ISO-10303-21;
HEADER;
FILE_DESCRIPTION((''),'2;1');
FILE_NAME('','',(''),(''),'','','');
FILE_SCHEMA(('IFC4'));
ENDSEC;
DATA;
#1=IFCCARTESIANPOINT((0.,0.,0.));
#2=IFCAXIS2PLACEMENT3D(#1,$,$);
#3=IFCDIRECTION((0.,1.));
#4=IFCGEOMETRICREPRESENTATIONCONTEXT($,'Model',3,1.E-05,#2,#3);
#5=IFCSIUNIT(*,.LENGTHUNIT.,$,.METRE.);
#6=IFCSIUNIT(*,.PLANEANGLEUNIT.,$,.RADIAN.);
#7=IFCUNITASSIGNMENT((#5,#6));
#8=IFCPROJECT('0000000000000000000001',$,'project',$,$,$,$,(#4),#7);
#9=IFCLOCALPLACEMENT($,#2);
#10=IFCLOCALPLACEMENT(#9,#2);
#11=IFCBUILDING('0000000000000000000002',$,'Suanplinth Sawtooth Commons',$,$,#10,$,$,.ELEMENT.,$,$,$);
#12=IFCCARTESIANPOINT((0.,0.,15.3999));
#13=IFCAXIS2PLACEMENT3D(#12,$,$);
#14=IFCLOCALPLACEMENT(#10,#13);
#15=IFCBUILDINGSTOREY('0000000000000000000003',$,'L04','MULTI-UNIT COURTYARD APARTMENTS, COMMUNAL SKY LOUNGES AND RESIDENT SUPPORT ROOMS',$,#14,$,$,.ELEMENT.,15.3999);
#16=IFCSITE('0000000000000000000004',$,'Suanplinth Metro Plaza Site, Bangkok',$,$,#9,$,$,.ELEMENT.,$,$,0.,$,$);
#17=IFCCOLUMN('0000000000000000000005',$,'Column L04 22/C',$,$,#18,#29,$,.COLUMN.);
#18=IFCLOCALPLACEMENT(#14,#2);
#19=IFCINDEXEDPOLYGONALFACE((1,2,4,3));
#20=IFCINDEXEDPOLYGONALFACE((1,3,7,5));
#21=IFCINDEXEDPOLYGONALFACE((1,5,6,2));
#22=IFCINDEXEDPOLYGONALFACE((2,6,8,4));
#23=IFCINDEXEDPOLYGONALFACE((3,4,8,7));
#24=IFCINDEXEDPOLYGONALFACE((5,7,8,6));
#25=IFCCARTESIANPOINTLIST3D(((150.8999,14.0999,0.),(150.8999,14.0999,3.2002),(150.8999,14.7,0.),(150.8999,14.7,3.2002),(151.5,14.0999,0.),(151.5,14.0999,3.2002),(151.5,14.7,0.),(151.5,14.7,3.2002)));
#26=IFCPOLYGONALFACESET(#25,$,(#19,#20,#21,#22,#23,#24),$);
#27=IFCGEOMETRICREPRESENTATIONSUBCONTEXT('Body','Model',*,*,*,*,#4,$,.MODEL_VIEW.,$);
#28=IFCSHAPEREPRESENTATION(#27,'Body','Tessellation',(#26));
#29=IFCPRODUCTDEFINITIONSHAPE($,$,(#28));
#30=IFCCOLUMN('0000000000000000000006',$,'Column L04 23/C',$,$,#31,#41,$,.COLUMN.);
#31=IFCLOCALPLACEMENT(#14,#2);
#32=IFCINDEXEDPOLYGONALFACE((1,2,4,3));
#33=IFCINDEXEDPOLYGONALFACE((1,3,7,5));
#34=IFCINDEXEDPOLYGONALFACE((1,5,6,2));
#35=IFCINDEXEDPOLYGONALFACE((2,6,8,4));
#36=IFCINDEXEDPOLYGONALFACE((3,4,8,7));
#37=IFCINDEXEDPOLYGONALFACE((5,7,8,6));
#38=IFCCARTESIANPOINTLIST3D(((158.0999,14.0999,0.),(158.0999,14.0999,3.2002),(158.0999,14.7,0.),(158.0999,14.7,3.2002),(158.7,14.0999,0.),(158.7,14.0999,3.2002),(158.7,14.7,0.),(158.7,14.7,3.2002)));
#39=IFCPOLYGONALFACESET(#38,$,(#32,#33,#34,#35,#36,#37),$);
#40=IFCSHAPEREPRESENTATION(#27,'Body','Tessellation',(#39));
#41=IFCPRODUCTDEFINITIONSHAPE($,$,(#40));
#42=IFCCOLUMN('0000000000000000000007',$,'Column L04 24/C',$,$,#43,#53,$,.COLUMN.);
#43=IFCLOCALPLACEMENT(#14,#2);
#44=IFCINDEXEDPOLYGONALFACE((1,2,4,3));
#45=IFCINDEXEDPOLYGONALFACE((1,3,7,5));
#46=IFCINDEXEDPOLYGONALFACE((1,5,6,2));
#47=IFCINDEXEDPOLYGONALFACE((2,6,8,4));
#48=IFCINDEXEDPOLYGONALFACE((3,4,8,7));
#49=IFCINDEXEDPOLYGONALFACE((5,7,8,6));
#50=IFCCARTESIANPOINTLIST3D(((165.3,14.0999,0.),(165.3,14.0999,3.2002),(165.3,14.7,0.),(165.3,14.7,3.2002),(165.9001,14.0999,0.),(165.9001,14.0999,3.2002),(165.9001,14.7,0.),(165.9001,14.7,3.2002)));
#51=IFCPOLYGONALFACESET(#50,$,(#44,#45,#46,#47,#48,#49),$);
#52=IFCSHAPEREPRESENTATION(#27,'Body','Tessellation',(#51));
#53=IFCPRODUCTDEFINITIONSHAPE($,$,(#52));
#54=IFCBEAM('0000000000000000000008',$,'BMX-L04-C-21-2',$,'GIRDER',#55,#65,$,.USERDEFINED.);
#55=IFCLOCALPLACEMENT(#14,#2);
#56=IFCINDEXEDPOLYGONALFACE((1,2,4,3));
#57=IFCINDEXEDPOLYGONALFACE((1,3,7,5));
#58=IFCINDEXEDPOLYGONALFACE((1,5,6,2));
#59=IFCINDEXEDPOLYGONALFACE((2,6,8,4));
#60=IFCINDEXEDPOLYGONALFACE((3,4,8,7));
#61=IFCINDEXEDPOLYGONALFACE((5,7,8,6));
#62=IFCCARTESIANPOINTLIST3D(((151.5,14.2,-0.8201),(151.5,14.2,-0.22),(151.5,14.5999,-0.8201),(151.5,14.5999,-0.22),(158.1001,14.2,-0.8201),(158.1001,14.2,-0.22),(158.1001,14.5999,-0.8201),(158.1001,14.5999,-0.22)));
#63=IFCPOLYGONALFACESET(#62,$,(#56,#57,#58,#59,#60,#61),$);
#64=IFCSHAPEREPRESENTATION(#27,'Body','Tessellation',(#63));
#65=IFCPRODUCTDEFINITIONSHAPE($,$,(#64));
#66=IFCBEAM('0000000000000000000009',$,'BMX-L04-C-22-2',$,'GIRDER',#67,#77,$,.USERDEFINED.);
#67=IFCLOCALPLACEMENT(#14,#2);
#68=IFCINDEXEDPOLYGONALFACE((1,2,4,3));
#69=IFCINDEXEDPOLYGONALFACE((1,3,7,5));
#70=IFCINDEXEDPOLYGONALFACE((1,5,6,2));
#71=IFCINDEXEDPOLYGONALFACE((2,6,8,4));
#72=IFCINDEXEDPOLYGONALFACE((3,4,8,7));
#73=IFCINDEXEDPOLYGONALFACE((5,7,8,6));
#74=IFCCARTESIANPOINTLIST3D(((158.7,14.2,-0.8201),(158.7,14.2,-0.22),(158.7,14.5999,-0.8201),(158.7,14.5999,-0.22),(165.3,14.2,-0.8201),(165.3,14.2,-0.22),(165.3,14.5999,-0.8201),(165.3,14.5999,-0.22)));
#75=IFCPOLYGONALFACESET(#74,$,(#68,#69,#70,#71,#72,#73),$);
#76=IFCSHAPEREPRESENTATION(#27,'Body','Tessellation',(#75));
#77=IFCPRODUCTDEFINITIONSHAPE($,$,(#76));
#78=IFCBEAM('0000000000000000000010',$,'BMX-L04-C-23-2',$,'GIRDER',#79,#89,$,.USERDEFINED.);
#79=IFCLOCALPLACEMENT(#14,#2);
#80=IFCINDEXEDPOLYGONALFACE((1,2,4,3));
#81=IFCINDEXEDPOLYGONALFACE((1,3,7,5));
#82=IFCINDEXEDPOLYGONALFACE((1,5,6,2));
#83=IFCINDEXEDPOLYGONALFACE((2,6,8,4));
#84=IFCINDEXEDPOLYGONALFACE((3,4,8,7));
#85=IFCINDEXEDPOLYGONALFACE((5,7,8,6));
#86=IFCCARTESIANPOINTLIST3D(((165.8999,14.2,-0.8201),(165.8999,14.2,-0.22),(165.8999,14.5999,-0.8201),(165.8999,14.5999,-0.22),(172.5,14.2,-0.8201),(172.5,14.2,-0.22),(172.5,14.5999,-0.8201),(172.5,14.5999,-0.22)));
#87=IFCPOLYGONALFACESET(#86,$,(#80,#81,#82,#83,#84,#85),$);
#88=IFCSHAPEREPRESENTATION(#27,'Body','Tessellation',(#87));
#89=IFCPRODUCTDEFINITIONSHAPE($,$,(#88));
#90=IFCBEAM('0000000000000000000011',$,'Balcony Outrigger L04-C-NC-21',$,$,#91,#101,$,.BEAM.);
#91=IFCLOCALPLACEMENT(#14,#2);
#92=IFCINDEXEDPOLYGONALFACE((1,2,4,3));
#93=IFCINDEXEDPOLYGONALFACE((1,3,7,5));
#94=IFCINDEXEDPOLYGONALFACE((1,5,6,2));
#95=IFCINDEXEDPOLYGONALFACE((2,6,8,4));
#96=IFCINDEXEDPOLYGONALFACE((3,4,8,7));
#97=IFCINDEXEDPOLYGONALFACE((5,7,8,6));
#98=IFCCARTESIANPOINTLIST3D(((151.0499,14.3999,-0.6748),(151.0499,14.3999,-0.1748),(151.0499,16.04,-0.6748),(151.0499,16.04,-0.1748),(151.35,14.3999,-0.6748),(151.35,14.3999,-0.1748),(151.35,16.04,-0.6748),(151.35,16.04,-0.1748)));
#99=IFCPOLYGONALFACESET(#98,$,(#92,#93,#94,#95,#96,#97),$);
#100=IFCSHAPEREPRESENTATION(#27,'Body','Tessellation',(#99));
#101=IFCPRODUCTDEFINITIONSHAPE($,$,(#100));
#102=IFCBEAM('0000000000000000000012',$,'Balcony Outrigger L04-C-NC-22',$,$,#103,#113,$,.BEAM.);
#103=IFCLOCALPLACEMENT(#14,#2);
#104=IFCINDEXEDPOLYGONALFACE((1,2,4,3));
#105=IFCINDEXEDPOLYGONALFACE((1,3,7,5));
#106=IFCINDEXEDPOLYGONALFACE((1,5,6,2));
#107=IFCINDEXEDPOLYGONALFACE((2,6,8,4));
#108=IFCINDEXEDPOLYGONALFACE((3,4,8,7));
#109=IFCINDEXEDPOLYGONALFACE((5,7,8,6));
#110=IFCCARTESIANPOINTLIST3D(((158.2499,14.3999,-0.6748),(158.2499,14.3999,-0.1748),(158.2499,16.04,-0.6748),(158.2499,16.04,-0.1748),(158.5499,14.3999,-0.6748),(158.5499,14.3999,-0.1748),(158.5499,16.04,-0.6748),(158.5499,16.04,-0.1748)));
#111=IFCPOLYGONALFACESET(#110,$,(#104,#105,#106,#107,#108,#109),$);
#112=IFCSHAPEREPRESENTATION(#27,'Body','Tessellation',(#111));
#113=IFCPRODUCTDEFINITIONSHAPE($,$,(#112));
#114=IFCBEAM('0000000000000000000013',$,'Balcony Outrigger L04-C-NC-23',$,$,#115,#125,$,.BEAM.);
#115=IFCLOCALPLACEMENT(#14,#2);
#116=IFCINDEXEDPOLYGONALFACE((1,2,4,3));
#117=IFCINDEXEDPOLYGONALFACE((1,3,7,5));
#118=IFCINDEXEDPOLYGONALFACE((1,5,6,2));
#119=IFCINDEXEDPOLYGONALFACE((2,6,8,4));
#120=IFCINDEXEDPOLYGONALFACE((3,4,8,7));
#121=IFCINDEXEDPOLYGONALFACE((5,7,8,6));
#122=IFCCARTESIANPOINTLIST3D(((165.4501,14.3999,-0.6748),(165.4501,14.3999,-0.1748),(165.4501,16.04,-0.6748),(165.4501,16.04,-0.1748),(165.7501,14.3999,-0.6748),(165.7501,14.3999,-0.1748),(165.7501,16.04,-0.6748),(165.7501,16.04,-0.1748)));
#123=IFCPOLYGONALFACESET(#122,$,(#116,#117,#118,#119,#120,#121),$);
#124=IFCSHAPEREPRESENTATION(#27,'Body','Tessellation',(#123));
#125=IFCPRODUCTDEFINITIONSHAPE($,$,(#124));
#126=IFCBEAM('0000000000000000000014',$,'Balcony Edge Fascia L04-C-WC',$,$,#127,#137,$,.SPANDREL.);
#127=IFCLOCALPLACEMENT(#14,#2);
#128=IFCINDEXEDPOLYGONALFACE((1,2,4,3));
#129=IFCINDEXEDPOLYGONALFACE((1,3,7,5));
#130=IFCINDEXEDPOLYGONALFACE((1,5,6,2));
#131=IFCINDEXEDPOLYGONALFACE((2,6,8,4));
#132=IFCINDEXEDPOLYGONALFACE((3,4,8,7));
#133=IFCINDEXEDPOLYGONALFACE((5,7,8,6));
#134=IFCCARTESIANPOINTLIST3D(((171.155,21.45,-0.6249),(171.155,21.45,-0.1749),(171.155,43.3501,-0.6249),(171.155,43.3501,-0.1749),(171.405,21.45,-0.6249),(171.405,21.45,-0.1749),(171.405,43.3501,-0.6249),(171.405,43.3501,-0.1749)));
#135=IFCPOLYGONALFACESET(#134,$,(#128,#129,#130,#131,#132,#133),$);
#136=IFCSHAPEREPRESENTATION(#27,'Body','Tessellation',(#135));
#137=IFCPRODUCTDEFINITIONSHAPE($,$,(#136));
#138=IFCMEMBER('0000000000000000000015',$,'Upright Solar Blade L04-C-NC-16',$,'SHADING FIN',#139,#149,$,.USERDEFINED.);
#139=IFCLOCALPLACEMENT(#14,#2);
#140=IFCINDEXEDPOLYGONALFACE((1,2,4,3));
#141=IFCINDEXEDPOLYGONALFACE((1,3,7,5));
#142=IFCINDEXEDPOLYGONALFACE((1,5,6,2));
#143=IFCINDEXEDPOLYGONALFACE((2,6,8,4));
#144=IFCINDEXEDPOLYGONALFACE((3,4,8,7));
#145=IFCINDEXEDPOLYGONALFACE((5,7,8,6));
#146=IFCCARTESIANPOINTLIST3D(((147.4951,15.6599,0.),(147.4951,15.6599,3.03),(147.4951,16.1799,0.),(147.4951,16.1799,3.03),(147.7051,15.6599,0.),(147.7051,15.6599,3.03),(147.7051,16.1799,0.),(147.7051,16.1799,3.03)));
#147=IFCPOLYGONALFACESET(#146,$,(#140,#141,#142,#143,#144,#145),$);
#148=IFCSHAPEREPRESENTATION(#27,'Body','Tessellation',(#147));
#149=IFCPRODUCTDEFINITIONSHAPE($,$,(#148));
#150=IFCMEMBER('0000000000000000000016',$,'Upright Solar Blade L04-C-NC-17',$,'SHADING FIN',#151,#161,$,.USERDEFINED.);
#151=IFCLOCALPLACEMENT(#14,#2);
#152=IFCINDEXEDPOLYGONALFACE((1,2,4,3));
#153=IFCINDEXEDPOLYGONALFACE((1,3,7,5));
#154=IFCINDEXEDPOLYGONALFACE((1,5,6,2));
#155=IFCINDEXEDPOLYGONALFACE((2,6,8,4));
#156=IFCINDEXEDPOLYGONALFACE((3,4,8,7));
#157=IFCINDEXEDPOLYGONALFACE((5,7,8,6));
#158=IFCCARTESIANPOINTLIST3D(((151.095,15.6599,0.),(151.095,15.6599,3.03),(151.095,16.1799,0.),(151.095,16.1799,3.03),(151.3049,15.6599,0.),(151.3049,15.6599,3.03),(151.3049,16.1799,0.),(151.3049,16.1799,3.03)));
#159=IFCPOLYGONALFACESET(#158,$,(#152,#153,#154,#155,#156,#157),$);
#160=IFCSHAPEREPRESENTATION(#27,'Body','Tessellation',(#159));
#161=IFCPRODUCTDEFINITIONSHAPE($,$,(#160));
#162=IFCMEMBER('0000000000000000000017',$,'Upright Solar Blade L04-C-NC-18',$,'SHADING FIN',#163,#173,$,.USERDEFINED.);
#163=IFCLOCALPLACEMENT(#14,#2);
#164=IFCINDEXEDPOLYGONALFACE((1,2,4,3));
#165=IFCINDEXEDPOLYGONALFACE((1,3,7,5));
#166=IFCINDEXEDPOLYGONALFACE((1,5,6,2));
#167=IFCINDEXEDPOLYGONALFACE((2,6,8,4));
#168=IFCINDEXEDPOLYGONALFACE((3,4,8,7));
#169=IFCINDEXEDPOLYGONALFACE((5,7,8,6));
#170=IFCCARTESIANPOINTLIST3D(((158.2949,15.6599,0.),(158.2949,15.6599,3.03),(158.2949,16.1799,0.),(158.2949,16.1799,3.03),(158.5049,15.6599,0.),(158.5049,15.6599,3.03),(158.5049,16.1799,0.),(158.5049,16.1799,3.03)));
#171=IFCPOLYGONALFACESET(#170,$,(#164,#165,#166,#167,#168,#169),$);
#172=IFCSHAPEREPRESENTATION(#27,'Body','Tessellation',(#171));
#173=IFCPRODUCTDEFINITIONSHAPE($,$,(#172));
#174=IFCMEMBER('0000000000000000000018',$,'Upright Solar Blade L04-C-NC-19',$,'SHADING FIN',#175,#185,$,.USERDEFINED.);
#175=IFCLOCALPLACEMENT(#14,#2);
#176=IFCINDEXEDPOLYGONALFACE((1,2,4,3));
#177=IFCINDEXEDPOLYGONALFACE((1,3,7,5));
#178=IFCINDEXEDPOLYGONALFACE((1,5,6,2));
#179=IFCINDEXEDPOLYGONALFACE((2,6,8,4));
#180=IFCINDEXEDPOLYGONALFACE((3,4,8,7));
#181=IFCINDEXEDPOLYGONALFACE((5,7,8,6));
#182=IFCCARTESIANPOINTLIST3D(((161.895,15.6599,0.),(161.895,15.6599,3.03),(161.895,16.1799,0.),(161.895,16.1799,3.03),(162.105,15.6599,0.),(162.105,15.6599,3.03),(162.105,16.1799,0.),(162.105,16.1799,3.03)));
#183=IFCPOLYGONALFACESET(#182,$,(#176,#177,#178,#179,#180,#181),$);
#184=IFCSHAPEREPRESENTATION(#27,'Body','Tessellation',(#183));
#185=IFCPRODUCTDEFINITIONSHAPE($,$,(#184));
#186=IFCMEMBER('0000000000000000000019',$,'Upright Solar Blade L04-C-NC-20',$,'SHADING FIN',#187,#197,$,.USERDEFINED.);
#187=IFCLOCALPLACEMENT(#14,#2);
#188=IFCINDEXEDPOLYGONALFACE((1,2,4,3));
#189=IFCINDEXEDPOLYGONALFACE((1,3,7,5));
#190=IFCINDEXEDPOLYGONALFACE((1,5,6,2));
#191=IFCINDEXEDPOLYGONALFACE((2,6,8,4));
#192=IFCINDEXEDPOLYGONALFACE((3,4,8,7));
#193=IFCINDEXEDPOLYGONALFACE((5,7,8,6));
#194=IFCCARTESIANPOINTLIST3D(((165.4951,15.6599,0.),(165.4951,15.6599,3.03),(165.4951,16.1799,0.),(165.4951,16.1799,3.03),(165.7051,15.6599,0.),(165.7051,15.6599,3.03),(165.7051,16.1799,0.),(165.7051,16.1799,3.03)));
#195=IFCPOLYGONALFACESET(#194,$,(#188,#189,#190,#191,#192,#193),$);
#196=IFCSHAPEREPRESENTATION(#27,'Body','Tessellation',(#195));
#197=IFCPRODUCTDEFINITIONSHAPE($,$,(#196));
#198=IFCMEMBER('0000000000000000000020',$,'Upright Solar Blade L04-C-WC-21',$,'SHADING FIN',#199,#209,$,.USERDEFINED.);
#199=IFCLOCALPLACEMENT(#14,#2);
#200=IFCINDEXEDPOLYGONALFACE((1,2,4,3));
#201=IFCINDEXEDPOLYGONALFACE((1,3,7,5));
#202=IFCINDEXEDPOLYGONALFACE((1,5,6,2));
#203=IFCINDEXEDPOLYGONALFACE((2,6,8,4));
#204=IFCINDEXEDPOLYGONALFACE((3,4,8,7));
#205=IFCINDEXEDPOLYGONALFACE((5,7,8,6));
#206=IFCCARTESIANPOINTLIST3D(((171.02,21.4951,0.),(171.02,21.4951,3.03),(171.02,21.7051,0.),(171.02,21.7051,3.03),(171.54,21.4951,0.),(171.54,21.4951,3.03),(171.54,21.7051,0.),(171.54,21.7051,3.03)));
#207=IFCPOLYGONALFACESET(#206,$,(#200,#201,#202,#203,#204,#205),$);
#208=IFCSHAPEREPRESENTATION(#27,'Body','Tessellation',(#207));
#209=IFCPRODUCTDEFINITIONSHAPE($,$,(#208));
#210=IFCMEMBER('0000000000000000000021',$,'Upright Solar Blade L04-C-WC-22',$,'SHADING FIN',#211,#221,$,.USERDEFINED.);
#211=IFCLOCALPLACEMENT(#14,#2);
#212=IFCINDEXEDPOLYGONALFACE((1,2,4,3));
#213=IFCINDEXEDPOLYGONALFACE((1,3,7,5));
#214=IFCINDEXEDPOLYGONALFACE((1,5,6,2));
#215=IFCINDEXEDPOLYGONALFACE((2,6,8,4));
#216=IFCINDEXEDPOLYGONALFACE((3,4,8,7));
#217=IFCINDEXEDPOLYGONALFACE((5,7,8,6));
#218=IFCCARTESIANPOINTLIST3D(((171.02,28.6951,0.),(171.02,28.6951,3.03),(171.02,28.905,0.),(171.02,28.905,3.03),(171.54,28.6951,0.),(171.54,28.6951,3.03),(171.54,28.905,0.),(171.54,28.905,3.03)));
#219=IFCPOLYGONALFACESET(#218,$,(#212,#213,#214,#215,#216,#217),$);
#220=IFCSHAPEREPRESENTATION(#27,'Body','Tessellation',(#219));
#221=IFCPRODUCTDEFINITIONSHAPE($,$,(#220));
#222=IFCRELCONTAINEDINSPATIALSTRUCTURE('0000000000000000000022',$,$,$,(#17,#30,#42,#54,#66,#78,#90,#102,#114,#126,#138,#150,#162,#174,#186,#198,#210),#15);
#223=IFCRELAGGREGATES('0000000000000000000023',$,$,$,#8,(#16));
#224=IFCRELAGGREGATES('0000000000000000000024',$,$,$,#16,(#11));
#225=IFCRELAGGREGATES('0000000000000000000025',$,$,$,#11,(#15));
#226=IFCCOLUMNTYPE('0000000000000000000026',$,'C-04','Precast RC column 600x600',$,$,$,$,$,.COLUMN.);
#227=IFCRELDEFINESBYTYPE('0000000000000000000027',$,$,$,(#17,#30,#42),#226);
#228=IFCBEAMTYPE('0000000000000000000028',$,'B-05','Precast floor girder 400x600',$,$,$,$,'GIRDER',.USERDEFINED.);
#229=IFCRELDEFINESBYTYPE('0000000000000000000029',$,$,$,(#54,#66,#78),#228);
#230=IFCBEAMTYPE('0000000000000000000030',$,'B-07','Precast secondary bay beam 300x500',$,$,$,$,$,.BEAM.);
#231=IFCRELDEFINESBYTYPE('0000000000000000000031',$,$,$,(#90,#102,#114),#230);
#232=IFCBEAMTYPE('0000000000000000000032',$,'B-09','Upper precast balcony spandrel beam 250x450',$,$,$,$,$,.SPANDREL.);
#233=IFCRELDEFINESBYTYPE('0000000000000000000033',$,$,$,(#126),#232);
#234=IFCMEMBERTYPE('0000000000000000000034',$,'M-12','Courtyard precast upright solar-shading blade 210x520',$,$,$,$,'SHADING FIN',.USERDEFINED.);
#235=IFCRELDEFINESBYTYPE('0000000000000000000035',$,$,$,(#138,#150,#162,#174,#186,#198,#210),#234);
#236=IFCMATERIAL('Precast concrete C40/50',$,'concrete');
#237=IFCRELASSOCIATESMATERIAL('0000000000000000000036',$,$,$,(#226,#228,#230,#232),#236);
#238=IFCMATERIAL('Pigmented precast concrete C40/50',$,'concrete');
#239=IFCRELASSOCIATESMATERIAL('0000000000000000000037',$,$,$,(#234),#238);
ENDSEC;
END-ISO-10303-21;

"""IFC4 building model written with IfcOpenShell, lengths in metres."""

from ifc_helpers import new_model, si_unit, direction, frame, origin, origin_2d, place, context, subcontext, project, spatial, rectangle, extrude, material, material_profile, profile_set, type_object, element, save


model = new_model("IFC4")

# Units and contexts
model_context = context("Model", 3, precision=1e-05, world=origin(), true_north=direction((0.0, 1.0)))
body_context = subcontext(model_context, "Body", "Model", "MODEL_VIEW")
ifc_project = project(units=[si_unit("LENGTHUNIT", "METRE"), si_unit("PLANEANGLEUNIT", "RADIAN")], contexts=[model_context])

# Site, building, storey
site_placement = place(None, origin())
site = spatial("IfcSite", under=ifc_project, at=site_placement, Name="Suanplinth Metro Plaza Site, Bangkok", CompositionType="ELEMENT", RefElevation=0.0)
building_placement = place(site_placement, origin())
building = spatial("IfcBuilding", under=site, at=building_placement, Name="Suanplinth Sawtooth Commons", CompositionType="ELEMENT")
storey_placement = place(building_placement, frame((0.0, 0.0, 15.3999)))
storey = spatial("IfcBuildingStorey", under=building, at=storey_placement, Name="L04", Description="MULTI-UNIT COURTYARD APARTMENTS, COMMUNAL SKY LOUNGES AND RESIDENT SUPPORT ROOMS", CompositionType="ELEMENT", Elevation=15.3999)

# Columns
ifc_material_1 = material(Name="Precast concrete C40/50", Category="concrete")
ifc_material_profile_1 = material_profile(ifc_material_1, rectangle(XDim=0.6001, YDim=0.6001, at=origin_2d()), Name="PC-COL 600x600")
ifc_profile_set_1 = profile_set([ifc_material_profile_1], Name="Precast concrete C40/50")
column_type = type_object("IfcColumnType", Name="C-04", Description="Precast RC column 600x600", PredefinedType="COLUMN", material=ifc_profile_set_1)
for number, where, z_axis, x_axis, name in (
    (1, (151.2, 14.3999, 0.0), (0.0, 0.0, 1.0), (1.0, 0.0, 0.0), "Column L04 22/C"),
    (2, (158.3999, 14.3999, 0.0), (0.0, 0.0, 1.0), (1.0, 0.0, 0.0), "Column L04 23/C"),
    (3, (165.6001, 14.3999, 0.0), (0.0, 0.0, 1.0), (1.0, 0.0, 0.0), "Column L04 24/C"),
):
    element("IfcColumn", number, at=place(storey_placement, frame(where, z_axis=z_axis, x_axis=x_axis)), inside=storey, type_object=column_type, Name=name, PredefinedType="COLUMN", context=body_context, shape_type="SweptSolid", body=[
        extrude(rectangle(XDim=0.6001, YDim=0.6001, at=origin_2d()), origin(), (0.0, 0.0, 1.0), 3.2002),
    ])

# Beams
ifc_material_profile_2 = material_profile(ifc_material_1, rectangle(XDim=0.3999, YDim=0.6001, at=origin_2d()), Name="PC-GDR 400x600")
ifc_profile_set_2 = profile_set([ifc_material_profile_2], Name="Precast concrete C40/50")
beam_type_1 = type_object("IfcBeamType", Name="B-05", Description="Precast floor girder 400x600", ElementType="GIRDER", PredefinedType="USERDEFINED", material=ifc_profile_set_2)
for number, where, z_axis, x_axis, name in (
    (4, (151.5, 14.3999, -0.52), (1.0, 0.0, 0.0), (0.0, 1.0, 0.0), "BMX-L04-C-21-2"),
    (5, (158.7, 14.3999, -0.52), (1.0, 0.0, 0.0), (0.0, 1.0, 0.0), "BMX-L04-C-22-2"),
    (6, (165.8999, 14.3999, -0.52), (1.0, 0.0, 0.0), (0.0, 1.0, 0.0), "BMX-L04-C-23-2"),
):
    element("IfcBeam", number, at=place(storey_placement, frame(where, z_axis=z_axis, x_axis=x_axis)), inside=storey, type_object=beam_type_1, Name=name, ObjectType="GIRDER", PredefinedType="USERDEFINED", context=body_context, shape_type="SweptSolid", body=[
        extrude(rectangle(XDim=0.3999, YDim=0.6001, at=origin_2d()), origin(), (0.0, 0.0, 1.0), 6.6001),
    ])
ifc_material_profile_3 = material_profile(ifc_material_1, rectangle(XDim=0.3, YDim=0.5, at=origin_2d()), Name="PC-BM 300x500")
ifc_profile_set_3 = profile_set([ifc_material_profile_3], Name="Precast concrete C40/50")
beam_type_2 = type_object("IfcBeamType", Name="B-07", Description="Precast secondary bay beam 300x500", PredefinedType="BEAM", material=ifc_profile_set_3)
for number, where, z_axis, x_axis, name in (
    (7, (151.2, 14.3999, -0.4248), (0.0, 1.0, 0.0), (-1.0, 0.0, 0.0), "Balcony Outrigger L04-C-NC-21"),
    (8, (158.3999, 14.3999, -0.4248), (0.0, 1.0, 0.0), (-1.0, 0.0, 0.0), "Balcony Outrigger L04-C-NC-22"),
    (9, (165.6001, 14.3999, -0.4248), (0.0, 1.0, 0.0), (-1.0, 0.0, 0.0), "Balcony Outrigger L04-C-NC-23"),
):
    element("IfcBeam", number, at=place(storey_placement, frame(where, z_axis=z_axis, x_axis=x_axis)), inside=storey, type_object=beam_type_2, Name=name, PredefinedType="BEAM", context=body_context, shape_type="SweptSolid", body=[
        extrude(rectangle(XDim=0.3, YDim=0.5, at=origin_2d()), origin(), (0.0, 0.0, 1.0), 1.6401),
    ])
ifc_material_profile_4 = material_profile(ifc_material_1, rectangle(XDim=0.25, YDim=0.45, at=origin_2d()), Name="PC-SP 250x450")
ifc_profile_set_4 = profile_set([ifc_material_profile_4], Name="Precast concrete C40/50")
beam_type_3 = type_object("IfcBeamType", Name="B-09", Description="Upper precast balcony spandrel beam 250x450", PredefinedType="SPANDREL", material=ifc_profile_set_4)
beam_placement = place(storey_placement, frame((171.28, 21.45, -0.3999), z_axis=(0.0, 1.0, 0.0), x_axis=(-1.0, 0.0, 0.0)))
element("IfcBeam", 10, at=beam_placement, inside=storey, type_object=beam_type_3, Name="Balcony Edge Fascia L04-C-WC", PredefinedType="SPANDREL", context=body_context, shape_type="SweptSolid", body=[
    extrude(rectangle(XDim=0.25, YDim=0.45, at=origin_2d()), origin(), (0.0, 0.0, 1.0), 21.9001),
])

# Members
ifc_material_2 = material(Name="Pigmented precast concrete C40/50", Category="concrete")
ifc_material_profile_5 = material_profile(ifc_material_2, rectangle(XDim=0.21, YDim=0.52, at=origin_2d()), Name="PC-FIN 210x520")
ifc_profile_set_5 = profile_set([ifc_material_profile_5], Name="Pigmented precast concrete C40/50")
member_type = type_object("IfcMemberType", Name="M-12", Description="Courtyard precast upright solar-shading blade 210x520", ElementType="SHADING FIN", PredefinedType="USERDEFINED", material=ifc_profile_set_5)
for number, where, z_axis, x_axis, name in (
    (11, (147.6001, 15.9199, 0.0), (0.0, 0.0, 1.0), (1.0, 0.0, 0.0), "Upright Solar Blade L04-C-NC-16"),
    (12, (151.2, 15.9199, 0.0), (0.0, 0.0, 1.0), (1.0, 0.0, 0.0), "Upright Solar Blade L04-C-NC-17"),
    (13, (158.3999, 15.9199, 0.0), (0.0, 0.0, 1.0), (1.0, 0.0, 0.0), "Upright Solar Blade L04-C-NC-18"),
    (14, (162.0, 15.9199, 0.0), (0.0, 0.0, 1.0), (1.0, 0.0, 0.0), "Upright Solar Blade L04-C-NC-19"),
    (15, (165.6001, 15.9199, 0.0), (0.0, 0.0, 1.0), (1.0, 0.0, 0.0), "Upright Solar Blade L04-C-NC-20"),
    (16, (171.28, 21.6001, 0.0), (0.0, 0.0, 1.0), (0.0, 1.0, 0.0), "Upright Solar Blade L04-C-WC-21"),
    (17, (171.28, 28.8, 0.0), (0.0, 0.0, 1.0), (0.0, 1.0, 0.0), "Upright Solar Blade L04-C-WC-22"),
):
    element("IfcMember", number, at=place(storey_placement, frame(where, z_axis=z_axis, x_axis=x_axis)), inside=storey, type_object=member_type, Name=name, ObjectType="SHADING FIN", PredefinedType="USERDEFINED", context=body_context, shape_type="SweptSolid", body=[
        extrude(rectangle(XDim=0.21, YDim=0.52, at=origin_2d()), origin(), (0.0, 0.0, 1.0), 3.03),
    ])

save(model, "model.ifc")
